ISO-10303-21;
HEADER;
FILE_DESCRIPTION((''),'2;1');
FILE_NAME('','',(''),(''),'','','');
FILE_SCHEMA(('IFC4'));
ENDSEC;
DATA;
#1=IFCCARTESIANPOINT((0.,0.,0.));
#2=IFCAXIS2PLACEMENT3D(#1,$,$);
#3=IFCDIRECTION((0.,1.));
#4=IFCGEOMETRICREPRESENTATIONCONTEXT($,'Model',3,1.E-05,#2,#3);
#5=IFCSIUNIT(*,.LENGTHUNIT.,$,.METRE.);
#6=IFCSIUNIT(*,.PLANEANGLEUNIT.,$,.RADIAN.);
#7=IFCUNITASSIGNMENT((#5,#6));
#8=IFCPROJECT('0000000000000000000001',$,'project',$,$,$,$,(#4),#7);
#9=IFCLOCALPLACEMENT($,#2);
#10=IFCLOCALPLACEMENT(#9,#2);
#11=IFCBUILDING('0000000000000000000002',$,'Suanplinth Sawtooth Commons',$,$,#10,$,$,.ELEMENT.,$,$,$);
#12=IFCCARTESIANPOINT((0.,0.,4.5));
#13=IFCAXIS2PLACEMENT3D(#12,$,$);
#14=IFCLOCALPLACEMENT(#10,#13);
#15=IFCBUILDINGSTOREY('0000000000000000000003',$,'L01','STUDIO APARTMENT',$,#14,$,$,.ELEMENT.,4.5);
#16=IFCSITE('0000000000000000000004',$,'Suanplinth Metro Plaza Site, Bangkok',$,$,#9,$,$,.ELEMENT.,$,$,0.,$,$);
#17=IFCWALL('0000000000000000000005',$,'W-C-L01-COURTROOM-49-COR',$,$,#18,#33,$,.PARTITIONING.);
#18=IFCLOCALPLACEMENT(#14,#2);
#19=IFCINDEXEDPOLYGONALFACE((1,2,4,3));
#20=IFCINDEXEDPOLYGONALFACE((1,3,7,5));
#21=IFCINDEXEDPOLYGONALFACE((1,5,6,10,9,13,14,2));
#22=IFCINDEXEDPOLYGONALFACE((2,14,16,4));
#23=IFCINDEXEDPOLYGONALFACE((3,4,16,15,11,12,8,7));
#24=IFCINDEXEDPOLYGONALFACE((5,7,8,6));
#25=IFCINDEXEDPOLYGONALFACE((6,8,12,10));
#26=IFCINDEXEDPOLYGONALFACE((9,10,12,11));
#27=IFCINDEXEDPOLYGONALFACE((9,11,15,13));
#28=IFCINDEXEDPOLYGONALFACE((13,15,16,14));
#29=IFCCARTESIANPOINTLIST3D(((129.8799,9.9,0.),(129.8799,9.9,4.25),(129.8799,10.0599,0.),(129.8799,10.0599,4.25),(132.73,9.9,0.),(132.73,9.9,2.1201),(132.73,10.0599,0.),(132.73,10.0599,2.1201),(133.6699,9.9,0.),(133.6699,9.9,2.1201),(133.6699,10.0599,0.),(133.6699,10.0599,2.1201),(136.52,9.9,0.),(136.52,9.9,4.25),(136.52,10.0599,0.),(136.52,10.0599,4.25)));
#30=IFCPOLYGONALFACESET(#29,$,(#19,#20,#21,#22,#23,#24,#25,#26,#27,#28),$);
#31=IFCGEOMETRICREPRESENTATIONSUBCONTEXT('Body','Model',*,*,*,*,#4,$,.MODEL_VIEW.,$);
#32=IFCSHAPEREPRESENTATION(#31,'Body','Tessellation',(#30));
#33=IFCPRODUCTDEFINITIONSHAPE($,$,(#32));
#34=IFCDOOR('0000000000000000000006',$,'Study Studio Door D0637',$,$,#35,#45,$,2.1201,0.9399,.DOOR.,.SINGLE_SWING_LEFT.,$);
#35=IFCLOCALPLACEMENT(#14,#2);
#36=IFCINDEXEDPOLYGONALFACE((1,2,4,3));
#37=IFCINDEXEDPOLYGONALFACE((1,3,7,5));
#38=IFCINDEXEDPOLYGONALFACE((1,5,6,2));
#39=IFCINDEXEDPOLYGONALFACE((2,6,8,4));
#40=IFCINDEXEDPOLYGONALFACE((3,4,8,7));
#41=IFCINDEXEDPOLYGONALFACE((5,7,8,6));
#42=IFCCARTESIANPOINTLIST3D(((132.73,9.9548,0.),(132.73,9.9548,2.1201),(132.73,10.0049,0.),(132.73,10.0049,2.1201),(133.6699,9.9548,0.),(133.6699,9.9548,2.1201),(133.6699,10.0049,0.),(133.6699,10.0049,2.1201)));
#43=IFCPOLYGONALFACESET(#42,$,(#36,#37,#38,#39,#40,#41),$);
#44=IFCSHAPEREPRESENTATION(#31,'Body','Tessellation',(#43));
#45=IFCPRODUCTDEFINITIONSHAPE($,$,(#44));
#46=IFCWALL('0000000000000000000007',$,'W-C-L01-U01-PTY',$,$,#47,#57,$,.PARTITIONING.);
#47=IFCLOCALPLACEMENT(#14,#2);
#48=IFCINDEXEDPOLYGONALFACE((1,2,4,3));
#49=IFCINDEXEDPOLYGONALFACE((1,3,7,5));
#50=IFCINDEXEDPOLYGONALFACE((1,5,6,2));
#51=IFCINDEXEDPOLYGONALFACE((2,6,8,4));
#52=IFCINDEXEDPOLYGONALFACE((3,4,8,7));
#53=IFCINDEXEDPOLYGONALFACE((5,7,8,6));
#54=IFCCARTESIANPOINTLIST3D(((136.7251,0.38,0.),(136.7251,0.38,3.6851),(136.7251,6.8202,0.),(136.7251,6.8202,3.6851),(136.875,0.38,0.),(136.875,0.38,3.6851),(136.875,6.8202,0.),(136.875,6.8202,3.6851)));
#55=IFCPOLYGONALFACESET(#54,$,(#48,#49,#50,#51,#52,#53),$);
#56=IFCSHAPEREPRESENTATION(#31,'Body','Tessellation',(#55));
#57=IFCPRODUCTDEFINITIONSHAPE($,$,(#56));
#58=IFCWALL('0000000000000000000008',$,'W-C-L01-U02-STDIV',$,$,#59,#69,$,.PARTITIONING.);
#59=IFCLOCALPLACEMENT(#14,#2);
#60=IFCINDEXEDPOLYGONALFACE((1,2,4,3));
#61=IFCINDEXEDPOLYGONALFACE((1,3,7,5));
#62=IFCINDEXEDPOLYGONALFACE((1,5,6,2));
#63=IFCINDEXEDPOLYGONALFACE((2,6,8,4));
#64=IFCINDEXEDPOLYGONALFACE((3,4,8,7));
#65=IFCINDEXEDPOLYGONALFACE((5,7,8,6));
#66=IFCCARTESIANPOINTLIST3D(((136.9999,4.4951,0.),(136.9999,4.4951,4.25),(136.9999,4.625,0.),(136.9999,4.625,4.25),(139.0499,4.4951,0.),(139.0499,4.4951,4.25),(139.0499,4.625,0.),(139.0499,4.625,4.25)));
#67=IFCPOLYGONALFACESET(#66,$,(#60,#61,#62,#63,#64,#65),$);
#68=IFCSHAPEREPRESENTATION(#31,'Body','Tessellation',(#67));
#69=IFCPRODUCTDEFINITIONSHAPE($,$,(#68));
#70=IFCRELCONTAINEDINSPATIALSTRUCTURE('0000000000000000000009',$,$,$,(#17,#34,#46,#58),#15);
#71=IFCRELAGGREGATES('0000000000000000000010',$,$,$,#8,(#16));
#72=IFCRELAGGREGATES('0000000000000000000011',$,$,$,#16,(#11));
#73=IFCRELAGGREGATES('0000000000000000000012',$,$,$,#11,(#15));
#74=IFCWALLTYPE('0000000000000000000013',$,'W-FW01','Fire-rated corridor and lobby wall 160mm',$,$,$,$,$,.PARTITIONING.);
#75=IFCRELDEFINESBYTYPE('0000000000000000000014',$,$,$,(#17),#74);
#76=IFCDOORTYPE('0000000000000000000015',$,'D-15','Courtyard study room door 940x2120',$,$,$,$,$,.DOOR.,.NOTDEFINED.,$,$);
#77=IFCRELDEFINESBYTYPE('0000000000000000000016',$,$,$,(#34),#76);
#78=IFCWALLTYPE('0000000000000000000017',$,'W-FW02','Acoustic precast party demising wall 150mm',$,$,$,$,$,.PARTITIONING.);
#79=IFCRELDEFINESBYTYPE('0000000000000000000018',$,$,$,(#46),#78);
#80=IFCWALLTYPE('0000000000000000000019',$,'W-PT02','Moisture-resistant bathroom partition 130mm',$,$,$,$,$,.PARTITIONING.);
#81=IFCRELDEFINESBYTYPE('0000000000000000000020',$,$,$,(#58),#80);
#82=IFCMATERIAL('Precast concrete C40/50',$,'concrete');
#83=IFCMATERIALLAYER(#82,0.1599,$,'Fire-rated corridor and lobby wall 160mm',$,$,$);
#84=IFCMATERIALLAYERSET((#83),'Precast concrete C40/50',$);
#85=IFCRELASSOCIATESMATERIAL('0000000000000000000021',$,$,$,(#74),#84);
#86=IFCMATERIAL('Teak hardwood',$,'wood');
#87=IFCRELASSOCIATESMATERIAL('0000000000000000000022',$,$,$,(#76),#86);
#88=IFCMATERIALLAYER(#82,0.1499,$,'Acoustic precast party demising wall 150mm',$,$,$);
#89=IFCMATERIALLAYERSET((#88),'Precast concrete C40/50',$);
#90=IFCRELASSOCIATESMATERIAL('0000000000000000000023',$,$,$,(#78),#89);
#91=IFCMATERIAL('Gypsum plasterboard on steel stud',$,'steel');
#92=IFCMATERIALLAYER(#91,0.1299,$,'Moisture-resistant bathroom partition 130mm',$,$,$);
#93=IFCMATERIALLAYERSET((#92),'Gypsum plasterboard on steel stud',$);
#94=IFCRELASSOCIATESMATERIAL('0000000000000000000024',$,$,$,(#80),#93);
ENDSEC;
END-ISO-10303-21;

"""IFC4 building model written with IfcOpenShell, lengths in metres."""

from ifc_helpers import new_model, si_unit, direction, frame, frame_2d, origin, place, context, subcontext, project, spatial, rectangle, extrude, material, layer, layer_set, type_object, element, fill, save


model = new_model("IFC4")

# Units and contexts
model_context = context("Model", 3, precision=1e-05, world=origin(), true_north=direction((0.0, 1.0)))
body_context = subcontext(model_context, "Body", "Model", "MODEL_VIEW")
ifc_project = project(units=[si_unit("LENGTHUNIT", "METRE"), si_unit("PLANEANGLEUNIT", "RADIAN")], contexts=[model_context])

# Site, building, storey
site_placement = place(None, origin())
site = spatial("IfcSite", under=ifc_project, at=site_placement, Name="Suanplinth Metro Plaza Site, Bangkok", CompositionType="ELEMENT", RefElevation=0.0)
building_placement = place(site_placement, origin())
building = spatial("IfcBuilding", under=site, at=building_placement, Name="Suanplinth Sawtooth Commons", CompositionType="ELEMENT")
storey_placement = place(building_placement, frame((0.0, 0.0, 4.5)))
storey = spatial("IfcBuildingStorey", under=building, at=storey_placement, Name="L01", Description="STUDIO APARTMENT", CompositionType="ELEMENT", Elevation=4.5)

# Shared definitions
ifc_material_1 = material(Name="Precast concrete C40/50", Category="concrete")

# Shared definitions
ifc_layer_1 = layer(ifc_material_1, 0.1599, Name="Fire-rated corridor and lobby wall 160mm")
ifc_layer_set_1 = layer_set([ifc_layer_1], Name="Precast concrete C40/50")
wall_type_1 = type_object("IfcWallType", Name="W-FW01", Description="Fire-rated corridor and lobby wall 160mm", PredefinedType="PARTITIONING", material=ifc_layer_set_1)

# Wall, opening, door
wall_1_placement = place(storey_placement, frame((129.8799, 9.98, 0.0), z_axis=(0.0, 0.0, 1.0), x_axis=(1.0, 0.0, 0.0)))
wall_1 = element("IfcWall", 1, at=wall_1_placement, inside=storey, type_object=wall_type_1, Name="W-C-L01-COURTROOM-49-COR", PredefinedType="PARTITIONING", context=body_context, shape_type="SweptSolid", body=[
    extrude(rectangle(XDim=6.6401, YDim=0.1599, at=frame_2d((3.3201, 0.0))), origin(), (0.0, 0.0, 1.0), 4.25),
])
opening_1_placement = place(wall_1_placement, frame((2.8501, 0.0, 0.0)))
opening_1 = element("IfcOpeningElement", 2, at=opening_1_placement, cuts=wall_1, PredefinedType="OPENING", context=body_context, shape_type="SweptSolid", body=[
    extrude(rectangle(XDim=0.9399, YDim=2.1201, at=frame_2d((0.47, 1.0601))), frame((0.0, 0.0947, 0.0), z_axis=(0.0, -1.0, 0.0), x_axis=(1.0, 0.0, 0.0)), (0.0, 0.0, 1.0), 0.1897),
])
ifc_material_2 = material(Name="Teak hardwood", Category="wood")
door_type_1 = type_object("IfcDoorType", Name="D-15", Description="Courtyard study room door 940x2120", OperationType="NOTDEFINED", PredefinedType="DOOR", material=ifc_material_2)
door_1_placement = place(opening_1_placement, origin())
door_1 = element("IfcDoor", 3, at=door_1_placement, inside=storey, type_object=door_type_1, Name="Study Studio Door D0637", OperationType="SINGLE_SWING_LEFT", OverallHeight=2.1201, OverallWidth=0.9399, PredefinedType="DOOR", context=body_context, shape_type="SweptSolid", body=[
    extrude(rectangle(XDim=0.9399, YDim=2.1201, at=frame_2d((0.47, 1.0601))), frame((0.0, 0.0249, 0.0), z_axis=(0.0, -1.0, 0.0), x_axis=(1.0, 0.0, 0.0)), (0.0, 0.0, 1.0), 0.05),
])
fill(opening_1, door_1)

# Walls
ifc_layer_2 = layer(ifc_material_1, 0.1499, Name="Acoustic precast party demising wall 150mm")
ifc_layer_set_2 = layer_set([ifc_layer_2], Name="Precast concrete C40/50")
wall_type_2 = type_object("IfcWallType", Name="W-FW02", Description="Acoustic precast party demising wall 150mm", PredefinedType="PARTITIONING", material=ifc_layer_set_2)
wall_2_placement = place(storey_placement, frame((136.8, 0.3799, 0.0), z_axis=(0.0, 0.0, 1.0), x_axis=(0.0, 1.0, 0.0)))
element("IfcWall", 4, at=wall_2_placement, inside=storey, type_object=wall_type_2, Name="W-C-L01-U01-PTY", PredefinedType="PARTITIONING", context=body_context, shape_type="SweptSolid", body=[
    extrude(rectangle(XDim=6.4402, YDim=0.1499, at=frame_2d((3.2202, 0.0))), origin(), (0.0, 0.0, 1.0), 3.6851),
])
ifc_material_3 = material(Name="Gypsum plasterboard on steel stud", Category="steel")
ifc_layer_3 = layer(ifc_material_3, 0.1299, Name="Moisture-resistant bathroom partition 130mm")
ifc_layer_set_3 = layer_set([ifc_layer_3], Name="Gypsum plasterboard on steel stud")
wall_type_3 = type_object("IfcWallType", Name="W-PT02", Description="Moisture-resistant bathroom partition 130mm", PredefinedType="PARTITIONING", material=ifc_layer_set_3)
wall_3_placement = place(storey_placement, frame((137.0, 4.5601, 0.0), z_axis=(0.0, 0.0, 1.0), x_axis=(1.0, 0.0, 0.0)))
element("IfcWall", 5, at=wall_3_placement, inside=storey, type_object=wall_type_3, Name="W-C-L01-U02-STDIV", PredefinedType="PARTITIONING", context=body_context, shape_type="SweptSolid", body=[
    extrude(rectangle(XDim=2.05, YDim=0.1299, at=frame_2d((1.0249, 0.0))), origin(), (0.0, 0.0, 1.0), 4.25),
])

save(model, "model.ifc")
